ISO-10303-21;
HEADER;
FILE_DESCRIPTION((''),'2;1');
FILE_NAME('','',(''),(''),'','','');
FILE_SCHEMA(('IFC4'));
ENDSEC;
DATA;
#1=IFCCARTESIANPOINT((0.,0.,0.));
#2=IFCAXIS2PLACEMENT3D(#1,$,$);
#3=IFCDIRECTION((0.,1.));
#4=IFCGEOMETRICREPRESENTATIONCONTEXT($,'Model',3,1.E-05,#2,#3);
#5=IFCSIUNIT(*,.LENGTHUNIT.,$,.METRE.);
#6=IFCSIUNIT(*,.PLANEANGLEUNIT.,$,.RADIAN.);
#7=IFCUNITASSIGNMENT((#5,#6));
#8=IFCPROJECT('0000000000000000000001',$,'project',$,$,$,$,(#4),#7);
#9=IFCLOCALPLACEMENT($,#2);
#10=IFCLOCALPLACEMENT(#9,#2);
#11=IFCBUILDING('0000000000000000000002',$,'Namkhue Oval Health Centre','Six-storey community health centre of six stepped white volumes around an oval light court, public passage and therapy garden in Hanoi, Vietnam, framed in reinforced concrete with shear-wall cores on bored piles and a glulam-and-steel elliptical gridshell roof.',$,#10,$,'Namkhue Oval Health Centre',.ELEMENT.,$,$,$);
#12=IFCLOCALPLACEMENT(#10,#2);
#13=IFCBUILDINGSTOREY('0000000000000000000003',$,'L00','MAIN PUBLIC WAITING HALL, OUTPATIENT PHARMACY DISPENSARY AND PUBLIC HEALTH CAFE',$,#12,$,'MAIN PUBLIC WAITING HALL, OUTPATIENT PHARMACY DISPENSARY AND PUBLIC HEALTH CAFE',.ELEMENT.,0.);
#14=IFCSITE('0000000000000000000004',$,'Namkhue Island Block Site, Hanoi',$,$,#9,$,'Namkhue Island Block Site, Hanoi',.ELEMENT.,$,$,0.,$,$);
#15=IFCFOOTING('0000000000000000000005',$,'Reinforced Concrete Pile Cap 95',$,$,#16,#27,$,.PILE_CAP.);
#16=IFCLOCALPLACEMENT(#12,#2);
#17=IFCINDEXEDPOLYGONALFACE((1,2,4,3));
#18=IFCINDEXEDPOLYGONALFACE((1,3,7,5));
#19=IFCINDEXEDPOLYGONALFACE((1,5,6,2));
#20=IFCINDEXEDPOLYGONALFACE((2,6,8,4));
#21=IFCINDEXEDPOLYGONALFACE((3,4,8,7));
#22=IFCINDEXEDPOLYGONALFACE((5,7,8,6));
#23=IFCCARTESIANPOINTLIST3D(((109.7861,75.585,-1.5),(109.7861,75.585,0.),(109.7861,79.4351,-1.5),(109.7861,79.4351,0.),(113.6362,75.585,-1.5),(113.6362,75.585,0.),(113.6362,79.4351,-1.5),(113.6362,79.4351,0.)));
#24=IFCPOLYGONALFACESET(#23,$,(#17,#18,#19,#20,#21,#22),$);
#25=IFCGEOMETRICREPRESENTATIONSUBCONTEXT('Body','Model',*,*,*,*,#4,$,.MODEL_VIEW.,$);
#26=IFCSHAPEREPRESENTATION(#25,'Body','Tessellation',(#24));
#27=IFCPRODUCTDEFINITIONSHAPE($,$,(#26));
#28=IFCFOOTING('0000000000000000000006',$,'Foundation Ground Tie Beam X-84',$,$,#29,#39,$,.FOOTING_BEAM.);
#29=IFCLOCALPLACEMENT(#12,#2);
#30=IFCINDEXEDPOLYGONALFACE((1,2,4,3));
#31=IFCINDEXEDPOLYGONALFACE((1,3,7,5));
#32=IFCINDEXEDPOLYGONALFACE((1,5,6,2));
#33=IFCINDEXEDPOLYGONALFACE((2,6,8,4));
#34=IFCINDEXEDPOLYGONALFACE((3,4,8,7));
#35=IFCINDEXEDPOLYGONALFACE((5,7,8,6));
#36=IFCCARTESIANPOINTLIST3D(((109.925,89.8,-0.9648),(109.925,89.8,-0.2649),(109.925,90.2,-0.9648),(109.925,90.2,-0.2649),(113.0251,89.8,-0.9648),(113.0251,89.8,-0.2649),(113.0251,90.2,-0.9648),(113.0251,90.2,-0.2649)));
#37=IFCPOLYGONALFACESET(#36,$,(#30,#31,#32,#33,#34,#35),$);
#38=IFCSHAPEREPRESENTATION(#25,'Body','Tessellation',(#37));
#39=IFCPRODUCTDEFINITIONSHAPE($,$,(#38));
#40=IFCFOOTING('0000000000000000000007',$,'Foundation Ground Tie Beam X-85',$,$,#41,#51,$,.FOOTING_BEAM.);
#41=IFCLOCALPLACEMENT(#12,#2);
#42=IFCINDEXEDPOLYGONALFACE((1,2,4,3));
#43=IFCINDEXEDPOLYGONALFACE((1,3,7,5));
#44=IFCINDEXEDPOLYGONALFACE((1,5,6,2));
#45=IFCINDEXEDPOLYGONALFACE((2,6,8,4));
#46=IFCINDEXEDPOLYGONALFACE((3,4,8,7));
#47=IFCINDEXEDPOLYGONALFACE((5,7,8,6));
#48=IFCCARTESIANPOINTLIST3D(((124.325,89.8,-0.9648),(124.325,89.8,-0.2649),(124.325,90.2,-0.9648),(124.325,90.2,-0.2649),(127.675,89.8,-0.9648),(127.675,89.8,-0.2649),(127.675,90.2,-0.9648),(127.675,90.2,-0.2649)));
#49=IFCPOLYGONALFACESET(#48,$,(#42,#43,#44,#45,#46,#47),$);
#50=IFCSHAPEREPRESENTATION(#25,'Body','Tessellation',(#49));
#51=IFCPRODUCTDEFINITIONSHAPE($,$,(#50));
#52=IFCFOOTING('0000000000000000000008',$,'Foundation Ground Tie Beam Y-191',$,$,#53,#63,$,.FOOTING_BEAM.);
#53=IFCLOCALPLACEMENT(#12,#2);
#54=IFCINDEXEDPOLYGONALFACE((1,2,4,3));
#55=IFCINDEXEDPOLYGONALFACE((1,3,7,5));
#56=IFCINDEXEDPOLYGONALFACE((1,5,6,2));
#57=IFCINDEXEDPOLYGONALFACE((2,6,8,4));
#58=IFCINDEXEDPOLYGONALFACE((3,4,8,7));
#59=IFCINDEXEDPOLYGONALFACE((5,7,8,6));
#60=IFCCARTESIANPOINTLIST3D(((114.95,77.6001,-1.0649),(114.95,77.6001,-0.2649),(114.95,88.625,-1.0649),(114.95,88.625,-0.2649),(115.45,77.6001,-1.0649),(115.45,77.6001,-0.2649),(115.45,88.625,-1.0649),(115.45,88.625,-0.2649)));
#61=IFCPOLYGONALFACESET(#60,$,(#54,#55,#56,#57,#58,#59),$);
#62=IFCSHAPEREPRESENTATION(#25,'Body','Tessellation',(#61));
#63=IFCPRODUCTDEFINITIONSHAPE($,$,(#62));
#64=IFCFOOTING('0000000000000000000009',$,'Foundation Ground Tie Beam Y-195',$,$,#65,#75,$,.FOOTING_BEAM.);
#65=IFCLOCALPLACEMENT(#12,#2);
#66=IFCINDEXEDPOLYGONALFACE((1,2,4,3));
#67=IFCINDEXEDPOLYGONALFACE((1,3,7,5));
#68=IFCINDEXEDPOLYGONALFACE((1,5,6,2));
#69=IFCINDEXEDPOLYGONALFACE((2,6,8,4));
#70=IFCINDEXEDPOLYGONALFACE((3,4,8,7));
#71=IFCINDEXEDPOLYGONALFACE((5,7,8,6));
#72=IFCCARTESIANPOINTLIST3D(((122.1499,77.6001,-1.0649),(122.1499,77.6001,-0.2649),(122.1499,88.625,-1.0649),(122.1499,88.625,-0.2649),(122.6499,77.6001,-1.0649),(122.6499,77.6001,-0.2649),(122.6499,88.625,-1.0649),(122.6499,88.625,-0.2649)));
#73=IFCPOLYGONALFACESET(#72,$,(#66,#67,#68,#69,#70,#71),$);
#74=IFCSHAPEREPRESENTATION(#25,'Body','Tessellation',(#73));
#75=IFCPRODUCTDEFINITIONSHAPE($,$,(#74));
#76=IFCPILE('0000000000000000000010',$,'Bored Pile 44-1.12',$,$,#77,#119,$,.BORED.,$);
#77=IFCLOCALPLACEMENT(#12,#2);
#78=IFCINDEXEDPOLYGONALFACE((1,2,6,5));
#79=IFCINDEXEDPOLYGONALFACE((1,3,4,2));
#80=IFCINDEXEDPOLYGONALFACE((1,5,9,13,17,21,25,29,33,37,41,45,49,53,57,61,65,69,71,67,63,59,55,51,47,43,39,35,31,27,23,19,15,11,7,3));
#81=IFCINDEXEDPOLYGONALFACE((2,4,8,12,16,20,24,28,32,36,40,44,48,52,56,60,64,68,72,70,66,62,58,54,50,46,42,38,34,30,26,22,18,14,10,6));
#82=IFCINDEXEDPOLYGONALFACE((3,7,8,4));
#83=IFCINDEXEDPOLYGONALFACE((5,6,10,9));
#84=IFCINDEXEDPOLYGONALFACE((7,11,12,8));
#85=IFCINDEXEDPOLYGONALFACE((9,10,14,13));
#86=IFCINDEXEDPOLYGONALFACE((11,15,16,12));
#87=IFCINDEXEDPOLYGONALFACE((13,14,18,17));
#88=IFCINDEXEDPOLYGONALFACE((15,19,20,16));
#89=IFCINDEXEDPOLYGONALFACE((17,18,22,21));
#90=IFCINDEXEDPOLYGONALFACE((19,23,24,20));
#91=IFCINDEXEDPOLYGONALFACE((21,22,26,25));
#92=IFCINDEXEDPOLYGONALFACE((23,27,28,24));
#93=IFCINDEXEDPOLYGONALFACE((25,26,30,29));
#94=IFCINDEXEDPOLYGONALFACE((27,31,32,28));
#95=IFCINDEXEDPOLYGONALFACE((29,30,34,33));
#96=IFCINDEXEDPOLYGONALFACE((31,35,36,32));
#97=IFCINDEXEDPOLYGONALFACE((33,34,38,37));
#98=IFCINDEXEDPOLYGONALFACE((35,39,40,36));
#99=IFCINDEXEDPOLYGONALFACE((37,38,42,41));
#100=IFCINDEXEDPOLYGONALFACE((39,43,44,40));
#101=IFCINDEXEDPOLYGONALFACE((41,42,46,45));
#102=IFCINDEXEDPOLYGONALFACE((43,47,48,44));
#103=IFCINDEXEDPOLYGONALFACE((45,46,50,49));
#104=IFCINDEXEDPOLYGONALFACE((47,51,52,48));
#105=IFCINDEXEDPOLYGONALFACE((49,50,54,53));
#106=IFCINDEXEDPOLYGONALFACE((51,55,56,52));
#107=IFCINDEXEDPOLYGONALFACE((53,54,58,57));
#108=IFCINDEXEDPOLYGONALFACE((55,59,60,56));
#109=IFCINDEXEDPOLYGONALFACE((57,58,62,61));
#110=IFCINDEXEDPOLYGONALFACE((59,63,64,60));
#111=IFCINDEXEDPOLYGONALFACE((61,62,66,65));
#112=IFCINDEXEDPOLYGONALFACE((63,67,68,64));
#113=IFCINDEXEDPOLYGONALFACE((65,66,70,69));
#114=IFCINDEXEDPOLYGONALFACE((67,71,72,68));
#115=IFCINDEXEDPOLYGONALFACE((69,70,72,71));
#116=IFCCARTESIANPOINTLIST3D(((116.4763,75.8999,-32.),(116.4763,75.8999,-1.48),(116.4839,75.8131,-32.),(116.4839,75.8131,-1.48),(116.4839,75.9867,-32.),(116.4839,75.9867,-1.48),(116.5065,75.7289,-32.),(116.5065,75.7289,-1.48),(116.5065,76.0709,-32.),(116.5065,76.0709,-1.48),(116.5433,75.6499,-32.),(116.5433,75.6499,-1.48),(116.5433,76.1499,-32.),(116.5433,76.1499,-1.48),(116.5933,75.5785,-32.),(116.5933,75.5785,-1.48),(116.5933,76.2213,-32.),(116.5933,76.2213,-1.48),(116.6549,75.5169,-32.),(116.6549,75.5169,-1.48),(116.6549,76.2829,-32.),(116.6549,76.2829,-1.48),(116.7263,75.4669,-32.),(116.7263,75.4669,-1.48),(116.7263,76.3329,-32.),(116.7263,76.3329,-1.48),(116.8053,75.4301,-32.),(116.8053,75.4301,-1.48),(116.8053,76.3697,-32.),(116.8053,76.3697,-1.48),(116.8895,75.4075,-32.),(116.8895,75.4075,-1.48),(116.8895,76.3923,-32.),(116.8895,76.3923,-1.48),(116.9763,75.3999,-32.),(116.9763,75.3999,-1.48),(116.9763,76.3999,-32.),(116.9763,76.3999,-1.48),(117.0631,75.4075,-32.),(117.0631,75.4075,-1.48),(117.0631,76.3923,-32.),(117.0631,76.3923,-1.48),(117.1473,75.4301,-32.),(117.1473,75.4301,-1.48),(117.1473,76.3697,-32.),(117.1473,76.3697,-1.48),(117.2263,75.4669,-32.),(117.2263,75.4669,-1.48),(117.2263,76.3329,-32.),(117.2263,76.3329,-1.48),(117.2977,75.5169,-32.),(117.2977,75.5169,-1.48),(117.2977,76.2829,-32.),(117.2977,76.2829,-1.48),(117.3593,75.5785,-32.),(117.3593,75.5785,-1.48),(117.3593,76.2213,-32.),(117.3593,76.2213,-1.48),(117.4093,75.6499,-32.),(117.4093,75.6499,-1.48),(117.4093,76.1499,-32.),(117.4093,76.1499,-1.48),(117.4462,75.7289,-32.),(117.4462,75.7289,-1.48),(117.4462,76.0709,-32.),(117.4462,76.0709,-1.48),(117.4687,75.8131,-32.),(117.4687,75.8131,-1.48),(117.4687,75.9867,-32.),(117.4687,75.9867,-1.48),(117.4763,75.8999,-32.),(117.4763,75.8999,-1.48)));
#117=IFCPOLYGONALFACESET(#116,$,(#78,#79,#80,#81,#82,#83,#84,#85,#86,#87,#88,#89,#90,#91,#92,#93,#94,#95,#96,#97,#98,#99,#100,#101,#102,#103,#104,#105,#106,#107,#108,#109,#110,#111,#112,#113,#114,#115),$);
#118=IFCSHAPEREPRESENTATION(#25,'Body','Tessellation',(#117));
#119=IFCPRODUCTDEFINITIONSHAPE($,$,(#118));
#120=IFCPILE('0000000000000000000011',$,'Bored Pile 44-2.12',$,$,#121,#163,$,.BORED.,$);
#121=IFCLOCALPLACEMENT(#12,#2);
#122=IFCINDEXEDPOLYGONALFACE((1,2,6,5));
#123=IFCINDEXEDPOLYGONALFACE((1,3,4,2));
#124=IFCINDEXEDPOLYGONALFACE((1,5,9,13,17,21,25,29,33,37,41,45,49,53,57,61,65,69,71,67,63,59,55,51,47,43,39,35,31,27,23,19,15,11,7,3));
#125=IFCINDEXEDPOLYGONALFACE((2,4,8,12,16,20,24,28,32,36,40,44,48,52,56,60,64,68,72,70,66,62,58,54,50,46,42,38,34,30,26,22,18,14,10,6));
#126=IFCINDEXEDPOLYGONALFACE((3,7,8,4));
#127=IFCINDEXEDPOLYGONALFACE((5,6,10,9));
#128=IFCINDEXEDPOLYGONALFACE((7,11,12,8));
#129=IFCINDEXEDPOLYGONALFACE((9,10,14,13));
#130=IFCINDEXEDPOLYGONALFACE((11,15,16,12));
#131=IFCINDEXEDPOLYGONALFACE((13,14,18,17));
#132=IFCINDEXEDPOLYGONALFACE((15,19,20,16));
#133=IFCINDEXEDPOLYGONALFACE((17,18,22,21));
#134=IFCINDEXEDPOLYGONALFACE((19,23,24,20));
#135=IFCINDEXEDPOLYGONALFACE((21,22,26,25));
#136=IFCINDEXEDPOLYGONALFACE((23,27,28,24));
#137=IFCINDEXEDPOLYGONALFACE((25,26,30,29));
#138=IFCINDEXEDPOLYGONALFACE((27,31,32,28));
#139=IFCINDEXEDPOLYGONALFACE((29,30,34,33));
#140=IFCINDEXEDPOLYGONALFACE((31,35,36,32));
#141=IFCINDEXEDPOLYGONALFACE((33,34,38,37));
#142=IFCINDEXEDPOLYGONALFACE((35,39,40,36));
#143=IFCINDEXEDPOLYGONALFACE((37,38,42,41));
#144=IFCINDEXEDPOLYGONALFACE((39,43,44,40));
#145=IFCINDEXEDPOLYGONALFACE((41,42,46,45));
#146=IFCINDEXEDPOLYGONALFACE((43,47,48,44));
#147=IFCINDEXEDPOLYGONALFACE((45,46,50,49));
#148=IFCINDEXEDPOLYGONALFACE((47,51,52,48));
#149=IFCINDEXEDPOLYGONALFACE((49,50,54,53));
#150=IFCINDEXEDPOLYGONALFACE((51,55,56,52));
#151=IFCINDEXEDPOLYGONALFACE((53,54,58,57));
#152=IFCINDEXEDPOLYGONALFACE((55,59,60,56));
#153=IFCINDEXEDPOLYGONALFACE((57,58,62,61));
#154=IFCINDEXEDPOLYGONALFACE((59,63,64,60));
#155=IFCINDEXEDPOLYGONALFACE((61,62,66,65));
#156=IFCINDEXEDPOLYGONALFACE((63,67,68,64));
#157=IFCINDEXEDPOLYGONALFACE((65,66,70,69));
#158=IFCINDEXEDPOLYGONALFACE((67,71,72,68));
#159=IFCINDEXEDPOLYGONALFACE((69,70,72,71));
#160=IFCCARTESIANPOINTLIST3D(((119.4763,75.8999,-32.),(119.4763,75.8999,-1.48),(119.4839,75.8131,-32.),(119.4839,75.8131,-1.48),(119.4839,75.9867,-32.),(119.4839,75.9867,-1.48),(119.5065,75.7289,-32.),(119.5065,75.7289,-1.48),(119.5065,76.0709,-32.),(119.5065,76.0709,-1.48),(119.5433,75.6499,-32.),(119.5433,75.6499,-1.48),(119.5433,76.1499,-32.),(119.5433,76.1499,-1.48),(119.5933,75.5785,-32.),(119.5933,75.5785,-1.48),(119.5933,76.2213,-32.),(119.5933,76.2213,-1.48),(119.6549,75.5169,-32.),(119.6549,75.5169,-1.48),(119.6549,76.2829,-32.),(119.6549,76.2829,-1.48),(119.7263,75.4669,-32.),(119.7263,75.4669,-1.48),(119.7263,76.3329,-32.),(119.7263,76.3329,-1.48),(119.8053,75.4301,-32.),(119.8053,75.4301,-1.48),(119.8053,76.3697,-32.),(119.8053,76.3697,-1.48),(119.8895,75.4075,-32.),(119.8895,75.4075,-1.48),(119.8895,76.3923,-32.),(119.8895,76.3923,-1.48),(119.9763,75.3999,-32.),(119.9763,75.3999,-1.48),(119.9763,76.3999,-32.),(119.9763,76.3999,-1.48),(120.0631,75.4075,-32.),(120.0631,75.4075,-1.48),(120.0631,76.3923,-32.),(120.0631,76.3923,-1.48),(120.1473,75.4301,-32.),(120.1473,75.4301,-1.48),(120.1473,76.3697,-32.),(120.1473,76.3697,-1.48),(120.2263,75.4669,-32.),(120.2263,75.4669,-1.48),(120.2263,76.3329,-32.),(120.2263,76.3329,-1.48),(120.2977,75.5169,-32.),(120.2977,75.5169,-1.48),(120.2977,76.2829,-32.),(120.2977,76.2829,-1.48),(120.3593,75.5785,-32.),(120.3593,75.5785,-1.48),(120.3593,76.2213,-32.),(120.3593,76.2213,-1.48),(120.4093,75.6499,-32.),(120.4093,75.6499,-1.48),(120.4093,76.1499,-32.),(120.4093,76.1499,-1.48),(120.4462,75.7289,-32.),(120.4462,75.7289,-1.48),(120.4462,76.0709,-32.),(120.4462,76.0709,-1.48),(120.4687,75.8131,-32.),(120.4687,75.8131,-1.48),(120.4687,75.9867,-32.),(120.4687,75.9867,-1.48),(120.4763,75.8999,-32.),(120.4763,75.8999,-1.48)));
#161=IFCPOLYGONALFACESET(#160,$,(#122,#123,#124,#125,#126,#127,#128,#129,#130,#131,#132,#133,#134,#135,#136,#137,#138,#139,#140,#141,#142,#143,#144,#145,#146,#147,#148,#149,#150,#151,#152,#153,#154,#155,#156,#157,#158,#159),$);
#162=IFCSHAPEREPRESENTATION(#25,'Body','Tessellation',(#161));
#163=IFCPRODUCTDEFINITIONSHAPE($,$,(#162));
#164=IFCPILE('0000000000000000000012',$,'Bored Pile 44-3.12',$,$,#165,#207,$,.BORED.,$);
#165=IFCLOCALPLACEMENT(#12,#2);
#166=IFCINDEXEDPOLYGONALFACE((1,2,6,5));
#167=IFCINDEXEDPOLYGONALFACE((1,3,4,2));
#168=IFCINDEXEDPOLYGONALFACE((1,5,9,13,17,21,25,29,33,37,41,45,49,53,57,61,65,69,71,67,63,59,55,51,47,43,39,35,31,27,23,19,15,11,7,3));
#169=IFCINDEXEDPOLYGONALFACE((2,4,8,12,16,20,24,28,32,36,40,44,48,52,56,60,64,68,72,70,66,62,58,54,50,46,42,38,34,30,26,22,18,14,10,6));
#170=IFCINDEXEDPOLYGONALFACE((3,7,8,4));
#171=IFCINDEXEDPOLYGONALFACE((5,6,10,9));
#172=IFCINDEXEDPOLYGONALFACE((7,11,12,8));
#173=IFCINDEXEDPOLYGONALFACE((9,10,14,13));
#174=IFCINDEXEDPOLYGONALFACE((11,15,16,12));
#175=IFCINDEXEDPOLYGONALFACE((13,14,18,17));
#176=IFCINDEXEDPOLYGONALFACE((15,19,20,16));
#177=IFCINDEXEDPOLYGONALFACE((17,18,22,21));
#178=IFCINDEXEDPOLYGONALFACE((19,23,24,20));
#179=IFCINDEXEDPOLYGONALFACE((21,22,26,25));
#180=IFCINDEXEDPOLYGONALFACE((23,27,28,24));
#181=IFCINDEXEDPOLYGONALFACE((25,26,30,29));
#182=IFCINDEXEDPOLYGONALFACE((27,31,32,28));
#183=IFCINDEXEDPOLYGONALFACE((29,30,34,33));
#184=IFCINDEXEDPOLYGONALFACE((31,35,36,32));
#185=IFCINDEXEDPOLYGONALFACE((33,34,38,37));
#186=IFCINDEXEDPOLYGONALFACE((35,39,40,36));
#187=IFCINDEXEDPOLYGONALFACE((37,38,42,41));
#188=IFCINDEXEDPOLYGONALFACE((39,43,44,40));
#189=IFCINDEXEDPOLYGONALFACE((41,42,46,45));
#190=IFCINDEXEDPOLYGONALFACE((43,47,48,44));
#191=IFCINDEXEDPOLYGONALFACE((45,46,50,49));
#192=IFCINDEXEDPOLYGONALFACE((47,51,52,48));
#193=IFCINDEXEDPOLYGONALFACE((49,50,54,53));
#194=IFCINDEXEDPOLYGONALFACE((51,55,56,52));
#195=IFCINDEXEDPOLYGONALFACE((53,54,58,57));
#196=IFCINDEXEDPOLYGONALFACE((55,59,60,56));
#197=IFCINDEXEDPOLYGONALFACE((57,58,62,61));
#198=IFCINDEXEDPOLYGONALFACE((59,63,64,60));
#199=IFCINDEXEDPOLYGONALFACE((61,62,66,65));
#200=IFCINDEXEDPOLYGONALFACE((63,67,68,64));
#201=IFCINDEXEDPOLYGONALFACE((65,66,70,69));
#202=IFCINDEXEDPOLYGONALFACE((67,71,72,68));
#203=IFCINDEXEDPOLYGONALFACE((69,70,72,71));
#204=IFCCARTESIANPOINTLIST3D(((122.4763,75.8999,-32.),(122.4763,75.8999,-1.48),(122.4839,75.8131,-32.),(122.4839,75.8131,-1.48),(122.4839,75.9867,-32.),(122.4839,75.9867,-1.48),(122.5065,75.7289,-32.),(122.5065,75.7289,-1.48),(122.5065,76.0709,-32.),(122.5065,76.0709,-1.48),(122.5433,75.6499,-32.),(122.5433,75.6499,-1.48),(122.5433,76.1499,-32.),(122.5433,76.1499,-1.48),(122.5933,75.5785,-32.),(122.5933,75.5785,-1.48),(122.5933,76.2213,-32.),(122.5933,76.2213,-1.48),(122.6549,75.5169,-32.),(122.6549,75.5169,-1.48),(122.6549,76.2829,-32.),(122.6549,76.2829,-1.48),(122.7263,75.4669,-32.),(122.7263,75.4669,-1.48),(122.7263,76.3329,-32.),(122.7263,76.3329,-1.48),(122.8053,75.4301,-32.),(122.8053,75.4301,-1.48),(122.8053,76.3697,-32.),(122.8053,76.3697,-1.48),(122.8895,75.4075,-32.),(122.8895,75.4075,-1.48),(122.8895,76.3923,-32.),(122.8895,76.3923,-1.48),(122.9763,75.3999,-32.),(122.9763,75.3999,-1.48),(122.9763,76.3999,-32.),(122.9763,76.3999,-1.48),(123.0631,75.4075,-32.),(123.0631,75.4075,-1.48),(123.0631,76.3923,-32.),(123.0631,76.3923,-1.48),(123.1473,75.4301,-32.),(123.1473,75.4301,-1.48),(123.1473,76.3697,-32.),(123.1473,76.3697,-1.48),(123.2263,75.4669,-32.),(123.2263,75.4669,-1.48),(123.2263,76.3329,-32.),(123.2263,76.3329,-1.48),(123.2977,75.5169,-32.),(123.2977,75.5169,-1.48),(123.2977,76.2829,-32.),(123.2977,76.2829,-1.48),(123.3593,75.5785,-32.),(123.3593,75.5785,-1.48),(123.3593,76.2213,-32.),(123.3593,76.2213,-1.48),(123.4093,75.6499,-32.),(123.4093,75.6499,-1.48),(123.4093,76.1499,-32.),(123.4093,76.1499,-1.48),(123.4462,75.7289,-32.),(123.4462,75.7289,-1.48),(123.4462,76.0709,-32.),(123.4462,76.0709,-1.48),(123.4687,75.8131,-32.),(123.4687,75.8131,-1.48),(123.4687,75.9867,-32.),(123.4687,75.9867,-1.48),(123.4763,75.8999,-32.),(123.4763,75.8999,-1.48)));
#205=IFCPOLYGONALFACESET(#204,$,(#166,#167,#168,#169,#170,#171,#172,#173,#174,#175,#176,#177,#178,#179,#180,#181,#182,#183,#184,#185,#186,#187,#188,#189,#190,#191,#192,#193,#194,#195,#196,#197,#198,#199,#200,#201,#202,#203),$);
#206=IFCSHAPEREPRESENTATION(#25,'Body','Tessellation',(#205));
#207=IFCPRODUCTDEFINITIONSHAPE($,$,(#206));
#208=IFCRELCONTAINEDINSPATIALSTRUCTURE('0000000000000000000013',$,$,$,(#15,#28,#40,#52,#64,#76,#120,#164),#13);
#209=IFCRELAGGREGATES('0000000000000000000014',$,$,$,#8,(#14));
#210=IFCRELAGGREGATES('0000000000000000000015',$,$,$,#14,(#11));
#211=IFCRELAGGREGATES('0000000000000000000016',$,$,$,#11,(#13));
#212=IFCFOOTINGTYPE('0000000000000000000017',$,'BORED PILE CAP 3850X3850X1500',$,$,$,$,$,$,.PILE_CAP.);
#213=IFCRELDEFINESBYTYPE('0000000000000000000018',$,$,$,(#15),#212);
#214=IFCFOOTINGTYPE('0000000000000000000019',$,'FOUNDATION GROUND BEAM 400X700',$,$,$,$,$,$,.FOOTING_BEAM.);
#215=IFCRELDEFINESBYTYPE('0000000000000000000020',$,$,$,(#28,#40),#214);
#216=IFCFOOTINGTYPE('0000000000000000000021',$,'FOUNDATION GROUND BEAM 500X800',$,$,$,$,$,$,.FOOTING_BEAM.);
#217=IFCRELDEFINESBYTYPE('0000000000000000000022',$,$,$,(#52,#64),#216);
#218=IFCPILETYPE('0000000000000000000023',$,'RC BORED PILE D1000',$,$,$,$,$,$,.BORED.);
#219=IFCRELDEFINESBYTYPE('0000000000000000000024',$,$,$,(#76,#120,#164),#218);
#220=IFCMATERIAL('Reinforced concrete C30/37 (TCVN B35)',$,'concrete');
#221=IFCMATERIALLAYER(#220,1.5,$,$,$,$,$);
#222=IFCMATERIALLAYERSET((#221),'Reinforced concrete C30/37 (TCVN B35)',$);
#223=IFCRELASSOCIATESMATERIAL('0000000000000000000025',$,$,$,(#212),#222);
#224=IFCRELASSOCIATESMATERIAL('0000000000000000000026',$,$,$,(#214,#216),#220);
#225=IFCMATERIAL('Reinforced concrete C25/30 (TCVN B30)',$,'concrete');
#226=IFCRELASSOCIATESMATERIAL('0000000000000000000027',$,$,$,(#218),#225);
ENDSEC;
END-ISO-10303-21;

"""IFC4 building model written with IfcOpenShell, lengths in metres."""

from ifc_helpers import new_model, si_unit, direction, frame, origin, origin_2d, place, context, subcontext, project, spatial, rectangle, circle, extrude, material, layer, layer_set, material_profile, profile_set, type_object, element, save


model = new_model("IFC4")

# Units and contexts
model_context = context("Model", 3, precision=1e-05, world=origin(), true_north=direction((0.0, 1.0)))
body_context = subcontext(model_context, "Body", "Model", "MODEL_VIEW")
ifc_project = project(units=[si_unit("LENGTHUNIT", "METRE"), si_unit("PLANEANGLEUNIT", "RADIAN")], contexts=[model_context])

# Site, building, storey
site_placement = place(None, origin())
site = spatial("IfcSite", under=ifc_project, at=site_placement, Name="Namkhue Island Block Site, Hanoi", LongName="Namkhue Island Block Site, Hanoi", CompositionType="ELEMENT", RefElevation=0.0)
building_placement = place(site_placement, origin())
building = spatial("IfcBuilding", under=site, at=building_placement, Name="Namkhue Oval Health Centre", Description="Six-storey community health centre of six stepped white volumes around an oval light court, public passage and therapy garden in Hanoi, Vietnam, framed in reinforced concrete with shear-wall cores on bored piles and a glulam-and-steel elliptical gridshell roof.", LongName="Namkhue Oval Health Centre", CompositionType="ELEMENT")
storey_placement = place(building_placement, origin())
storey = spatial("IfcBuildingStorey", under=building, at=storey_placement, Name="L00", Description="MAIN PUBLIC WAITING HALL, OUTPATIENT PHARMACY DISPENSARY AND PUBLIC HEALTH CAFE", LongName="MAIN PUBLIC WAITING HALL, OUTPATIENT PHARMACY DISPENSARY AND PUBLIC HEALTH CAFE", CompositionType="ELEMENT", Elevation=0.0)

# Footings
ifc_material_1 = material(Name="Reinforced concrete C30/37 (TCVN B35)", Category="concrete")
ifc_layer_1 = layer(ifc_material_1, 1.5)
ifc_layer_set_1 = layer_set([ifc_layer_1], Name="Reinforced concrete C30/37 (TCVN B35)")
footing_type_1 = type_object("IfcFootingType", Name="BORED PILE CAP 3850X3850X1500", PredefinedType="PILE_CAP", material=ifc_layer_set_1)
footing_1_placement = place(storey_placement, frame((111.7112, 77.51, -1.5), z_axis=(0.0, 0.0, 1.0), x_axis=(1.0, 0.0, 0.0)))
element("IfcFooting", 1, at=footing_1_placement, inside=storey, type_object=footing_type_1, Name="Reinforced Concrete Pile Cap 95", PredefinedType="PILE_CAP", context=body_context, shape_type="SweptSolid", body=[
    extrude(rectangle(XDim=3.8501, YDim=3.8501, at=origin_2d()), origin(), (0.0, 0.0, 1.0), 1.5),
])
footing_type_2 = type_object("IfcFootingType", Name="FOUNDATION GROUND BEAM 400X700", PredefinedType="FOOTING_BEAM", material=ifc_material_1)
footing_2_placement = place(storey_placement, frame((111.4751, 90.0, -0.9648), z_axis=(0.0, 0.0, 1.0), x_axis=(1.0, 0.0, 0.0)))
element("IfcFooting", 2, at=footing_2_placement, inside=storey, type_object=footing_type_2, Name="Foundation Ground Tie Beam X-84", PredefinedType="FOOTING_BEAM", context=body_context, shape_type="SweptSolid", body=[
    extrude(rectangle(XDim=3.1001, YDim=0.3999, at=origin_2d()), origin(), (0.0, 0.0, 1.0), 0.7),
])
footing_3_placement = place(storey_placement, frame((126.0, 90.0, -0.9648), z_axis=(0.0, 0.0, 1.0), x_axis=(1.0, 0.0, 0.0)))
element("IfcFooting", 3, at=footing_3_placement, inside=storey, type_object=footing_type_2, Name="Foundation Ground Tie Beam X-85", PredefinedType="FOOTING_BEAM", context=body_context, shape_type="SweptSolid", body=[
    extrude(rectangle(XDim=3.3501, YDim=0.3999, at=origin_2d()), origin(), (0.0, 0.0, 1.0), 0.7),
])
footing_type_3 = type_object("IfcFootingType", Name="FOUNDATION GROUND BEAM 500X800", PredefinedType="FOOTING_BEAM", material=ifc_material_1)
for number, where, z_axis, x_axis, name in (
    (4, (115.2, 83.1125, -1.0649), (0.0, 0.0, 1.0), (0.0, 1.0, 0.0), "Foundation Ground Tie Beam Y-191"),
    (5, (122.3999, 83.1125, -1.0649), (0.0, 0.0, 1.0), (0.0, 1.0, 0.0), "Foundation Ground Tie Beam Y-195"),
):
    element("IfcFooting", number, at=place(storey_placement, frame(where, z_axis=z_axis, x_axis=x_axis)), inside=storey, type_object=footing_type_3, Name=name, PredefinedType="FOOTING_BEAM", context=body_context, shape_type="SweptSolid", body=[
        extrude(rectangle(XDim=11.0249, YDim=0.5, at=origin_2d()), origin(), (0.0, 0.0, 1.0), 0.8),
    ])

# Piles
ifc_material_2 = material(Name="Reinforced concrete C25/30 (TCVN B30)", Category="concrete")
ifc_material_profile_1 = material_profile(ifc_material_2, circle(Radius=0.5, at=origin_2d()), Name="BORED PILE D1000")
ifc_profile_set_1 = profile_set([ifc_material_profile_1], Name="Reinforced concrete C25/30 (TCVN B30)")
pile_type_1 = type_object("IfcPileType", Name="RC BORED PILE D1000", PredefinedType="BORED", material=ifc_profile_set_1)
for number, where, z_axis, x_axis, name in (
    (6, (116.9763, 75.8999, -1.48), (0.0, 0.0, -1.0), (1.0, 0.0, 0.0), "Bored Pile 44-1.12"),
    (7, (119.9763, 75.8999, -1.48), (0.0, 0.0, -1.0), (1.0, 0.0, 0.0), "Bored Pile 44-2.12"),
    (8, (122.9763, 75.8999, -1.48), (0.0, 0.0, -1.0), (1.0, 0.0, 0.0), "Bored Pile 44-3.12"),
):
    element("IfcPile", number, at=place(storey_placement, frame(where, z_axis=z_axis, x_axis=x_axis)), inside=storey, type_object=pile_type_1, Name=name, PredefinedType="BORED", context=body_context, shape_type="SweptSolid", body=[
        extrude(circle(Radius=0.5, at=origin_2d()), origin(), (0.0, 0.0, 1.0), 30.52),
    ])

save(model, "model.ifc")
